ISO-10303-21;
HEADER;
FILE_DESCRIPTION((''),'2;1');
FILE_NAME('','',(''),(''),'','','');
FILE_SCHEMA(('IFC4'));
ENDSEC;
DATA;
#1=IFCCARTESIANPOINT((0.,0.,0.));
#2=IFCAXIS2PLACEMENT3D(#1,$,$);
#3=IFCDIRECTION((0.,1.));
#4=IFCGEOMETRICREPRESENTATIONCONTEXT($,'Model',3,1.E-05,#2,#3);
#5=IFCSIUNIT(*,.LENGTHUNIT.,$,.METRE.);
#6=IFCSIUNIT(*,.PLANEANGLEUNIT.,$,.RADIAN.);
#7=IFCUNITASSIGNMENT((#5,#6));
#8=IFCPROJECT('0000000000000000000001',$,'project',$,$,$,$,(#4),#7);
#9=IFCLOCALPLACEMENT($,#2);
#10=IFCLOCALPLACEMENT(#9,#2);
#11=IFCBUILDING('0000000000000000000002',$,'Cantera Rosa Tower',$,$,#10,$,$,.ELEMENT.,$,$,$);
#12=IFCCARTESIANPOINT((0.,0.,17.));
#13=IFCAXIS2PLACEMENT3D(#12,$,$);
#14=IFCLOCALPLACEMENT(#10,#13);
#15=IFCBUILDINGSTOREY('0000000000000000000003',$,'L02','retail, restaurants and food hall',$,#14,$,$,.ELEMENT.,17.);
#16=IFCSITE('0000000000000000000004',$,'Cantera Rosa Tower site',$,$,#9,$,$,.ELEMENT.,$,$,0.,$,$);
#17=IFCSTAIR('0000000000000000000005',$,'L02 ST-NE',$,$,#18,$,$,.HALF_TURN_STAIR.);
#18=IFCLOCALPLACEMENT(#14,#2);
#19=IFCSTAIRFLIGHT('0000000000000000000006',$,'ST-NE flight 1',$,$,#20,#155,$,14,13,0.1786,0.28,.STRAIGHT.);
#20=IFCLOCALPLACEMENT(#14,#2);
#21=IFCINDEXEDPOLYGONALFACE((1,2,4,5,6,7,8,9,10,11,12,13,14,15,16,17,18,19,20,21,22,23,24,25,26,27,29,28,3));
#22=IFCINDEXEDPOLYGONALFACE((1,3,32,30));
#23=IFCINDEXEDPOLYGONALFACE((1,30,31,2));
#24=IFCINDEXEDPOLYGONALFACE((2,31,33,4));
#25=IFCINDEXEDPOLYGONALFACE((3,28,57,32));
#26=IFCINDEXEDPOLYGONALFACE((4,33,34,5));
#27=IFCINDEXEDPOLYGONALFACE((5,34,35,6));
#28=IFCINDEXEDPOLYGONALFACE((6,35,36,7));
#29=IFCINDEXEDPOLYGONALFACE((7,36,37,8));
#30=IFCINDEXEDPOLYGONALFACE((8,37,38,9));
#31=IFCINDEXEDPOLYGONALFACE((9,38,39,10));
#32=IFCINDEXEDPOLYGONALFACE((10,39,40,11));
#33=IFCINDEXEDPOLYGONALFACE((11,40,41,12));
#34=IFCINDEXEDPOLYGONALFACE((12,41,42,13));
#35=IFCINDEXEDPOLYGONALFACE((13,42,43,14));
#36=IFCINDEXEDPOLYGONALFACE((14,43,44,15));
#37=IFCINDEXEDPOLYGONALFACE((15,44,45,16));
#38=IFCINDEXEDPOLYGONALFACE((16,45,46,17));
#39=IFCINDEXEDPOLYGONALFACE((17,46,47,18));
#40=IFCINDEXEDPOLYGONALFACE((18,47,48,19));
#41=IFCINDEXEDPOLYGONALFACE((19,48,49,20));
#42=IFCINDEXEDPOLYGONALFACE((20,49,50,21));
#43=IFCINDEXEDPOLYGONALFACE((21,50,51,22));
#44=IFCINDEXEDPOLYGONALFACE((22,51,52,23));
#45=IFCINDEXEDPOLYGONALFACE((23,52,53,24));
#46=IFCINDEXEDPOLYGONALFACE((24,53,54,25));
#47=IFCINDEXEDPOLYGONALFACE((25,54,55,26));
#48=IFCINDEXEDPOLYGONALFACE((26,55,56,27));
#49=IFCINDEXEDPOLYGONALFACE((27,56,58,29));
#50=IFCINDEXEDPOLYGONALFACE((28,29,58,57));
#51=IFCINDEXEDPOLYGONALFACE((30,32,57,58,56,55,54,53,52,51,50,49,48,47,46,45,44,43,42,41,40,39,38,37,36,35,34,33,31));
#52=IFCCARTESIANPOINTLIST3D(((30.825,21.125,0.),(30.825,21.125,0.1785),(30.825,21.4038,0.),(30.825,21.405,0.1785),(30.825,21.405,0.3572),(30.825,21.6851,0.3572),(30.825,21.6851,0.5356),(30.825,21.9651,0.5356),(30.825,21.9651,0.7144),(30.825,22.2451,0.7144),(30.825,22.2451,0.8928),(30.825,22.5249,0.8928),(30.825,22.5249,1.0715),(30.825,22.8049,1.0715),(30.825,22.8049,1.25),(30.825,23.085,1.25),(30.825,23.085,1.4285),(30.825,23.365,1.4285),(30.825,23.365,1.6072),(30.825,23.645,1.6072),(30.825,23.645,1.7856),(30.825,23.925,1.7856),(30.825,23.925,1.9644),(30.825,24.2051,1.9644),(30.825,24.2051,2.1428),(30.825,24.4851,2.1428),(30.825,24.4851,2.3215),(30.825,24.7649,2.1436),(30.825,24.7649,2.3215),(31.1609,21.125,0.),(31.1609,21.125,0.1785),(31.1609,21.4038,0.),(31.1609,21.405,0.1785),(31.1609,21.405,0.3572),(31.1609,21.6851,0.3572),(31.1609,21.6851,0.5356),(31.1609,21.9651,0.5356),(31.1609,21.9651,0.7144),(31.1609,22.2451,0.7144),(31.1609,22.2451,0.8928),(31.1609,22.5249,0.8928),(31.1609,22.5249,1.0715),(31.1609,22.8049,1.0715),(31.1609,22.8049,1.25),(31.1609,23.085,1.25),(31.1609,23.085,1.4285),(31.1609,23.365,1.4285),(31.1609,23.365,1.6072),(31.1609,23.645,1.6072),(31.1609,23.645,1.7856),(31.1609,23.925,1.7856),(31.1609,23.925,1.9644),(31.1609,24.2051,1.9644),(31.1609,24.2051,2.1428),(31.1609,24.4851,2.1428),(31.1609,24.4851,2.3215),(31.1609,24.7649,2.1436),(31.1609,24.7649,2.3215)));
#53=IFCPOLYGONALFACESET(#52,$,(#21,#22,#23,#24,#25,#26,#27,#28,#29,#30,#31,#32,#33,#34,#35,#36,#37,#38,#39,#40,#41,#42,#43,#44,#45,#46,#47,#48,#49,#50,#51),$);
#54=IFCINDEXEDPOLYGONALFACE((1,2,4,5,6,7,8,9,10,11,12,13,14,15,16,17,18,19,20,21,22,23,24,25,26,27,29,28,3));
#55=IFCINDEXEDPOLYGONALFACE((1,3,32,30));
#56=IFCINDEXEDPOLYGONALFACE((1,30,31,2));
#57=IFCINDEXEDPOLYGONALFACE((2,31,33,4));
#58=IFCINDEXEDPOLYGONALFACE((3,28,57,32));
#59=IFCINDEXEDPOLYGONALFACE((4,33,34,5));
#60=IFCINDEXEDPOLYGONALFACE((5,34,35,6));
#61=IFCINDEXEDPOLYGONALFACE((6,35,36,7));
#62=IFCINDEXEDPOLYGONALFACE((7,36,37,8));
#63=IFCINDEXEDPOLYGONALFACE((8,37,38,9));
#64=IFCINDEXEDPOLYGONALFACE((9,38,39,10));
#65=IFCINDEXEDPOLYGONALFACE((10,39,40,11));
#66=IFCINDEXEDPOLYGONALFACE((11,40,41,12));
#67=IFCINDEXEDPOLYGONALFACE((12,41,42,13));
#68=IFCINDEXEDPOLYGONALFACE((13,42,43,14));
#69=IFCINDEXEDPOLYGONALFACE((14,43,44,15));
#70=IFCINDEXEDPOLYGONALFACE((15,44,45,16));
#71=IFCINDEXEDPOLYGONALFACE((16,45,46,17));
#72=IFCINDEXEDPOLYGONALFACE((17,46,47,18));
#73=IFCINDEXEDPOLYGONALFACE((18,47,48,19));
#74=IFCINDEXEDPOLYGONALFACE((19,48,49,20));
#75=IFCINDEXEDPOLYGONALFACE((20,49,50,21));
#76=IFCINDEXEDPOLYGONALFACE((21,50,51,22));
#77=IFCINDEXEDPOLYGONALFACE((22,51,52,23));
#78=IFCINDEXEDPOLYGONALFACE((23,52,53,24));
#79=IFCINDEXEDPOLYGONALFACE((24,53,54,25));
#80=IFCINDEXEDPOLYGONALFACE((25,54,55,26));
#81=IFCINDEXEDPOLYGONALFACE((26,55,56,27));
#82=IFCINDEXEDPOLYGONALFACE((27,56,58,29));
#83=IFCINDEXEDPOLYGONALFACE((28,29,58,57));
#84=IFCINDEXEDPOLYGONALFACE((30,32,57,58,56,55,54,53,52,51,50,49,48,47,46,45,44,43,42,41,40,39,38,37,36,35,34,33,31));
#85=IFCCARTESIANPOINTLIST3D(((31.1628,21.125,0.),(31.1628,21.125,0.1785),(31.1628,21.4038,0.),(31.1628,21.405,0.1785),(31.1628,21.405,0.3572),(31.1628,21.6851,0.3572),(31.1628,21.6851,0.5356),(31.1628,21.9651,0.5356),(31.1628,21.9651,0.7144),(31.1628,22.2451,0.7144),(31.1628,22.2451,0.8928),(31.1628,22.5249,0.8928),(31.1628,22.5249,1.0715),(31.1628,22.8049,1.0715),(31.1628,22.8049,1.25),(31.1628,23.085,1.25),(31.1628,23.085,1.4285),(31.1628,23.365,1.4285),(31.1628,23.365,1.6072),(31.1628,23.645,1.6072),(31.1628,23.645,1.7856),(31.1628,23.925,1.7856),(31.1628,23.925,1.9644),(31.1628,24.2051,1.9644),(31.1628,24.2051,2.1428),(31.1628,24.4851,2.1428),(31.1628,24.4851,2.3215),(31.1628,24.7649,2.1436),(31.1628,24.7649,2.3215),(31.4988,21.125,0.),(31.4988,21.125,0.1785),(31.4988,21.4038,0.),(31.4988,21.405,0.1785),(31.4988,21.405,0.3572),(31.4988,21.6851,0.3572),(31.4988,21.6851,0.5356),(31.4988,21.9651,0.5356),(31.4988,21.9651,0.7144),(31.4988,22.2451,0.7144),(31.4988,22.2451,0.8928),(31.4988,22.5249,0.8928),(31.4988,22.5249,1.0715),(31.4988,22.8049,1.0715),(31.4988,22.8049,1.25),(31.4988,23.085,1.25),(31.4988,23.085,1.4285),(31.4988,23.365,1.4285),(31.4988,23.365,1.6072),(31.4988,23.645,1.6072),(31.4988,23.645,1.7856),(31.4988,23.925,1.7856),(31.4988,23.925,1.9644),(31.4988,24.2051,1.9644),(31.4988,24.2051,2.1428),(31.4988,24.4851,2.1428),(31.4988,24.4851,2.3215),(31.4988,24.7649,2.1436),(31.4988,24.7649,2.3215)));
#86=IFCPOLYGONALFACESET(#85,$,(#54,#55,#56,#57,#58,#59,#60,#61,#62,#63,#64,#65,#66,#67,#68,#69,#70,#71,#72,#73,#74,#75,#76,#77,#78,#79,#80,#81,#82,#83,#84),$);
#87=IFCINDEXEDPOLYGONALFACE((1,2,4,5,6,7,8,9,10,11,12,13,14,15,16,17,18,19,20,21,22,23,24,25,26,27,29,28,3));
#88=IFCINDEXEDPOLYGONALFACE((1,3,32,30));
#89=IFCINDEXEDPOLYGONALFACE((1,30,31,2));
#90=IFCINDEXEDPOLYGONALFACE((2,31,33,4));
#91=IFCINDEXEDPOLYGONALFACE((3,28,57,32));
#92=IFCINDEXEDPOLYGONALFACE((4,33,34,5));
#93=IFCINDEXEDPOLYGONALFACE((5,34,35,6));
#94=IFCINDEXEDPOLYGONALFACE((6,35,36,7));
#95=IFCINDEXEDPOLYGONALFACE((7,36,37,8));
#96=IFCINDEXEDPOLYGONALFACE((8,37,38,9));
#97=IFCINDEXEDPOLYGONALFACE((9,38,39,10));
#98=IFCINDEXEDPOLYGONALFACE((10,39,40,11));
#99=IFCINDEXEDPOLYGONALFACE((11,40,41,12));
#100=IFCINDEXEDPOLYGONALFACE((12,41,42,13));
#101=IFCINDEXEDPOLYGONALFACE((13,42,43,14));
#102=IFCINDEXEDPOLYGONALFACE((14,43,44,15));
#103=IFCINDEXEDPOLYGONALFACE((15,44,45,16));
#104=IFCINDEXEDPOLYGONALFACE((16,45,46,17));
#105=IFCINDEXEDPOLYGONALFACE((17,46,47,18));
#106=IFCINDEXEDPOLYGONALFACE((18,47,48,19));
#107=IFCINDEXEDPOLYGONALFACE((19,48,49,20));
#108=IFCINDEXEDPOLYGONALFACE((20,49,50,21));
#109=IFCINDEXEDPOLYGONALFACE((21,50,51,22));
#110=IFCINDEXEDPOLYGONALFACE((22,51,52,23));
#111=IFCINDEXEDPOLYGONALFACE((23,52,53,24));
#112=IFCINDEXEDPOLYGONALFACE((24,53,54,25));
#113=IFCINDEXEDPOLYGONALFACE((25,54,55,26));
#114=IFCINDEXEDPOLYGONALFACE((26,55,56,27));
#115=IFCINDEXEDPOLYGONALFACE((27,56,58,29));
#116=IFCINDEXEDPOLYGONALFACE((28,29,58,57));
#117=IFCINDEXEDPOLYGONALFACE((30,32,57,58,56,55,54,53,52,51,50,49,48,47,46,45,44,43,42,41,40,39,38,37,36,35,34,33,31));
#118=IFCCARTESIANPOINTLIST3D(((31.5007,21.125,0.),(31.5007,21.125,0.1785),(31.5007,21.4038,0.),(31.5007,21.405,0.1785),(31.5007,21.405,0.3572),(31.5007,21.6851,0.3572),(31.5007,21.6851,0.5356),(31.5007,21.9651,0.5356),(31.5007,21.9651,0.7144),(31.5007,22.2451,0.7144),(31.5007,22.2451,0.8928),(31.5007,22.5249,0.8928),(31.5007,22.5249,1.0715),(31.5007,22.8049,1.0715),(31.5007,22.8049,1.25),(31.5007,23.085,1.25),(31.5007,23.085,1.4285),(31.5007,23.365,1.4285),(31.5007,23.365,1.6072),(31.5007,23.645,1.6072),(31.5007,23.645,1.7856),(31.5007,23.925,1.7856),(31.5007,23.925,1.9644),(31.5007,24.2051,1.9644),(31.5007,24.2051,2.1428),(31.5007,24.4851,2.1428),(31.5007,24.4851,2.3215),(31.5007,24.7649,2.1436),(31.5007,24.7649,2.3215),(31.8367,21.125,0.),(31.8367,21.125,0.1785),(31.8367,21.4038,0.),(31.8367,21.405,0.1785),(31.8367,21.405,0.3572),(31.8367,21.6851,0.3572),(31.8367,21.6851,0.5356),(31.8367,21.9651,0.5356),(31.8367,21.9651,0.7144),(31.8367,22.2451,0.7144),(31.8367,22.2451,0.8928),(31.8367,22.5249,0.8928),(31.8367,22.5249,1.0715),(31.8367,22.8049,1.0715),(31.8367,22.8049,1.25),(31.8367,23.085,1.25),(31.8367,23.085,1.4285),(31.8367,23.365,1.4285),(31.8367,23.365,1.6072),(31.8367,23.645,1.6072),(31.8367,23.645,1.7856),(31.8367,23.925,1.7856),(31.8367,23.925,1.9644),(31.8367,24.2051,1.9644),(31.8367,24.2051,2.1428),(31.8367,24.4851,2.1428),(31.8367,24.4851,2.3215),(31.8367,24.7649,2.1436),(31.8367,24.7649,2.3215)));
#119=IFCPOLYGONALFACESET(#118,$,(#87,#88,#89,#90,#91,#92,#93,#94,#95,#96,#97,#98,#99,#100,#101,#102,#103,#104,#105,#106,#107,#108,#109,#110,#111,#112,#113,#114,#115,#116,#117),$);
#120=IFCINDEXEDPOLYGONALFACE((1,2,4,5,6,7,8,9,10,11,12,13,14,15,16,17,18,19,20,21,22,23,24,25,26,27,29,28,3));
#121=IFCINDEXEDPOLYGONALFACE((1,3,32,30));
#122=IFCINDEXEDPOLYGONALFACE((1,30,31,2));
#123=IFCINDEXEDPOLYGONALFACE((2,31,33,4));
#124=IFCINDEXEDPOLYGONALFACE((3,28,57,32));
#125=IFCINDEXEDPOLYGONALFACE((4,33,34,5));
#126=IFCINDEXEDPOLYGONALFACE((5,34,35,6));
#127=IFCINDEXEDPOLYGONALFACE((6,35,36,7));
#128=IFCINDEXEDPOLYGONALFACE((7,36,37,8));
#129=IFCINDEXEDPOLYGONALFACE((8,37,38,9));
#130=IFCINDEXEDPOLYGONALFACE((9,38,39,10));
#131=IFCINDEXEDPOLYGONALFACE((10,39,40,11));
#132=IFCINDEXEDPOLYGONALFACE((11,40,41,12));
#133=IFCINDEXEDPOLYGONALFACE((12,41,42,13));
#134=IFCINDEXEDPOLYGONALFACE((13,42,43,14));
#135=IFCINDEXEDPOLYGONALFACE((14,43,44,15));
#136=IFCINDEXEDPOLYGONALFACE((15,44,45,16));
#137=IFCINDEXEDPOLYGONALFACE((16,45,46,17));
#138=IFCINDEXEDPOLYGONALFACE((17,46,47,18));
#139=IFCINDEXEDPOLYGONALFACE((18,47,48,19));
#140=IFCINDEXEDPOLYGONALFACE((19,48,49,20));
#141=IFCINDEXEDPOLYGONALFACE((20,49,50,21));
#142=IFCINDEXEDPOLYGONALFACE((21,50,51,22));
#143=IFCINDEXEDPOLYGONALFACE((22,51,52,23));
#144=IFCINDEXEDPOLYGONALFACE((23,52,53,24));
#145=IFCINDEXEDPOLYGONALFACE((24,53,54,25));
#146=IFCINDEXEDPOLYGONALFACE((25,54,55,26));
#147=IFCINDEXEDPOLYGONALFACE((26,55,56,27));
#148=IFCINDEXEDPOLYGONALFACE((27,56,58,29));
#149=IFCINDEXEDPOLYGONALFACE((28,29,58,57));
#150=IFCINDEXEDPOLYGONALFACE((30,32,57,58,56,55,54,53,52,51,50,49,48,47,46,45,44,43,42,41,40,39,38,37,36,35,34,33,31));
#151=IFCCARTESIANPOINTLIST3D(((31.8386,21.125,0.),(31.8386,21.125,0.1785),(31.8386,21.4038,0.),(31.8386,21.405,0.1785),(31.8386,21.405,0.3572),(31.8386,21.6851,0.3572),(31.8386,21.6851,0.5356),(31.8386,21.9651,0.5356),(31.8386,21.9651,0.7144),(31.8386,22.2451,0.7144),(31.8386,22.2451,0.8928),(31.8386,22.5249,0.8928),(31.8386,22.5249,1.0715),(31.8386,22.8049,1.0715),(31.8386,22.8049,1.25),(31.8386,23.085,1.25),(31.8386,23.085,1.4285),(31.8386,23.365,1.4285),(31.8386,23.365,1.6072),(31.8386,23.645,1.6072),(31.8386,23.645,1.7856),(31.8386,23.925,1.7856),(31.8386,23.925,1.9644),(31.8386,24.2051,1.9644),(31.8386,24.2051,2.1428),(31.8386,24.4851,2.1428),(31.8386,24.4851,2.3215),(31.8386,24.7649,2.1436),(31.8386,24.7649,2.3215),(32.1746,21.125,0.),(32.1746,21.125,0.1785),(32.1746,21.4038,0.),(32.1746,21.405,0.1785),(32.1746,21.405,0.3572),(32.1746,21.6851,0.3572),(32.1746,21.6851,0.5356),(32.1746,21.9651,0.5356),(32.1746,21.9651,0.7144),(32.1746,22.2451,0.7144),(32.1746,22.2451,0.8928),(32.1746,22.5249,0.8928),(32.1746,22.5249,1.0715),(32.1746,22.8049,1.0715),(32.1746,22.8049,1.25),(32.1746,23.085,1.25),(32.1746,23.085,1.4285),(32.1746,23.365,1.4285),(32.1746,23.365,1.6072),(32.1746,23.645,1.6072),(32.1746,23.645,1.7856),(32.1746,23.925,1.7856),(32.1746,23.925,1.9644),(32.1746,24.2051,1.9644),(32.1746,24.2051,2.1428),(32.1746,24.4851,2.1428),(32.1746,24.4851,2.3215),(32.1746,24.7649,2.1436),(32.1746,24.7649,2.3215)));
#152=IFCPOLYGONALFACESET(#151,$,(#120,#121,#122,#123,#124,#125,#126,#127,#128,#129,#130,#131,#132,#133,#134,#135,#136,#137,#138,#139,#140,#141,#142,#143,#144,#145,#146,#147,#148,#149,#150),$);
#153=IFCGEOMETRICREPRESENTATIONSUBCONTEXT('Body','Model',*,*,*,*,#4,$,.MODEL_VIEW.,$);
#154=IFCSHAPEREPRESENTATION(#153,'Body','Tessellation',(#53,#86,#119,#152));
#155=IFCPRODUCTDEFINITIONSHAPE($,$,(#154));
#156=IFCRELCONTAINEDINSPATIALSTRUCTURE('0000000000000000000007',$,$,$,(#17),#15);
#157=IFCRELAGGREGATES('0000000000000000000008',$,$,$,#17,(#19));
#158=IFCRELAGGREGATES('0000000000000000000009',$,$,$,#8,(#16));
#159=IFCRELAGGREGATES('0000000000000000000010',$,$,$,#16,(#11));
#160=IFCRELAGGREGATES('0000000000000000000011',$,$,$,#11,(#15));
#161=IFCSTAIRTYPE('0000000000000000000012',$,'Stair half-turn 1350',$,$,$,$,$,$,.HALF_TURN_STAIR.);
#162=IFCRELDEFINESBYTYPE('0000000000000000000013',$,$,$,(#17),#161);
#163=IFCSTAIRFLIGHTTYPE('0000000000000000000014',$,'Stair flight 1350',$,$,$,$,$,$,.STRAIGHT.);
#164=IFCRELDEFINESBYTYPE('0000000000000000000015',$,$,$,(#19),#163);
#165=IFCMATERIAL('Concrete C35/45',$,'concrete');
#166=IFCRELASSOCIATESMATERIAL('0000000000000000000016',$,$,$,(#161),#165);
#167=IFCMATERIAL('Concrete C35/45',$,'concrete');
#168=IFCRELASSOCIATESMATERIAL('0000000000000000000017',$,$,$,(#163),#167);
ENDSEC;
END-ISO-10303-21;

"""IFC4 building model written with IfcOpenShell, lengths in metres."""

from ifc_helpers import new_model, si_unit, direction, frame, origin, place, context, subcontext, project, spatial, polyline, outline, extrude, material, type_object, element, aggregate, save


model = new_model("IFC4")

# Units and contexts
model_context = context("Model", 3, precision=1e-05, world=origin(), true_north=direction((0.0, 1.0)))
body_context = subcontext(model_context, "Body", "Model", "MODEL_VIEW")
ifc_project = project(units=[si_unit("LENGTHUNIT", "METRE"), si_unit("PLANEANGLEUNIT", "RADIAN")], contexts=[model_context])

# Site, building, storey
site_placement = place(None, origin())
site = spatial("IfcSite", under=ifc_project, at=site_placement, Name="Cantera Rosa Tower site", CompositionType="ELEMENT", RefElevation=0.0)
building_placement = place(site_placement, origin())
building = spatial("IfcBuilding", under=site, at=building_placement, Name="Cantera Rosa Tower", CompositionType="ELEMENT")
storey_placement = place(building_placement, frame((0.0, 0.0, 17.0)))
storey = spatial("IfcBuildingStorey", under=building, at=storey_placement, Name="L02", Description="retail, restaurants and food hall", CompositionType="ELEMENT", Elevation=17.0)

# Stair, stair flight
ifc_material_1 = material(Name="Concrete C35/45", Category="concrete")
stair_type = type_object("IfcStairType", Name="Stair half-turn 1350", PredefinedType="HALF_TURN_STAIR", material=ifc_material_1)
stair_placement = place(storey_placement, origin())
stair = element("IfcStair", 1, at=stair_placement, inside=storey, type_object=stair_type, Name="L02 ST-NE", PredefinedType="HALF_TURN_STAIR")
ifc_material_2 = material(Name="Concrete C35/45", Category="concrete")
stair_flight_type = type_object("IfcStairFlightType", Name="Stair flight 1350", PredefinedType="STRAIGHT", material=ifc_material_2)
stair_flight_1_placement = place(storey_placement, frame((31.5, 21.125, 0.0), z_axis=(0.0, 0.0, 1.0), x_axis=(0.0, 1.0, 0.0)))
stair_flight_1 = element("IfcStairFlight", 2, at=stair_flight_1_placement, type_object=stair_flight_type, Name="ST-NE flight 1", NumberOfRisers=14, NumberOfTreads=13, PredefinedType="STRAIGHT", RiserHeight=0.1786, TreadLength=0.28, context=body_context, shape_type="SweptSolid", body=[
    extrude(outline(polyline([(0.0, 0.0), (0.0, 0.1785), (0.28, 0.1785), (0.28, 0.3572), (0.5601, 0.3572), (0.5601, 0.5356), (0.8401, 0.5356), (0.8401, 0.7144), (1.1201, 0.7144), (1.1201, 0.8928), (1.3999, 0.8928), (1.3999, 1.0715), (1.6799, 1.0715), (1.6799, 1.25), (1.96, 1.25), (1.96, 1.4285), (2.24, 1.4285), (2.24, 1.6072), (2.52, 1.6072), (2.52, 1.7856), (2.8, 1.7856), (2.8, 1.9644), (3.0801, 1.9644), (3.0801, 2.1428), (3.3601, 2.1428), (3.3601, 2.3215), (3.6399, 2.3215), (3.6399, 2.5), (3.6399, 2.1436), (0.2788, 0.0), (0.0, 0.0)])), frame((0.0, 0.675, 0.0), z_axis=(0.0, -1.0, 0.0), x_axis=(1.0, 0.0, 0.0)), (0.0, 0.0, 1.0), 0.3359),
    extrude(outline(polyline([(0.0, 0.0), (0.0, 0.1785), (0.28, 0.1785), (0.28, 0.3572), (0.5601, 0.3572), (0.5601, 0.5356), (0.8401, 0.5356), (0.8401, 0.7144), (1.1201, 0.7144), (1.1201, 0.8928), (1.3999, 0.8928), (1.3999, 1.0715), (1.6799, 1.0715), (1.6799, 1.25), (1.96, 1.25), (1.96, 1.4285), (2.24, 1.4285), (2.24, 1.6072), (2.52, 1.6072), (2.52, 1.7856), (2.8, 1.7856), (2.8, 1.9644), (3.0801, 1.9644), (3.0801, 2.1428), (3.3601, 2.1428), (3.3601, 2.3215), (3.6399, 2.3215), (3.6399, 2.5), (3.6399, 2.1436), (0.2788, 0.0), (0.0, 0.0)])), frame((0.0, 0.3372, 0.0), z_axis=(0.0, -1.0, 0.0), x_axis=(1.0, 0.0, 0.0)), (0.0, 0.0, 1.0), 0.3359),
    extrude(outline(polyline([(0.0, 0.0), (0.0, 0.1785), (0.28, 0.1785), (0.28, 0.3572), (0.5601, 0.3572), (0.5601, 0.5356), (0.8401, 0.5356), (0.8401, 0.7144), (1.1201, 0.7144), (1.1201, 0.8928), (1.3999, 0.8928), (1.3999, 1.0715), (1.6799, 1.0715), (1.6799, 1.25), (1.96, 1.25), (1.96, 1.4285), (2.24, 1.4285), (2.24, 1.6072), (2.52, 1.6072), (2.52, 1.7856), (2.8, 1.7856), (2.8, 1.9644), (3.0801, 1.9644), (3.0801, 2.1428), (3.3601, 2.1428), (3.3601, 2.3215), (3.6399, 2.3215), (3.6399, 2.5), (3.6399, 2.1436), (0.2788, 0.0), (0.0, 0.0)])), frame((0.0, -0.0007, 0.0), z_axis=(0.0, -1.0, 0.0), x_axis=(1.0, 0.0, 0.0)), (0.0, 0.0, 1.0), 0.3359),
    extrude(outline(polyline([(0.0, 0.0), (0.0, 0.1785), (0.28, 0.1785), (0.28, 0.3572), (0.5601, 0.3572), (0.5601, 0.5356), (0.8401, 0.5356), (0.8401, 0.7144), (1.1201, 0.7144), (1.1201, 0.8928), (1.3999, 0.8928), (1.3999, 1.0715), (1.6799, 1.0715), (1.6799, 1.25), (1.96, 1.25), (1.96, 1.4285), (2.24, 1.4285), (2.24, 1.6072), (2.52, 1.6072), (2.52, 1.7856), (2.8, 1.7856), (2.8, 1.9644), (3.0801, 1.9644), (3.0801, 2.1428), (3.3601, 2.1428), (3.3601, 2.3215), (3.6399, 2.3215), (3.6399, 2.5), (3.6399, 2.1436), (0.2788, 0.0), (0.0, 0.0)])), frame((0.0, -0.3386, 0.0), z_axis=(0.0, -1.0, 0.0), x_axis=(1.0, 0.0, 0.0)), (0.0, 0.0, 1.0), 0.3359),
])
aggregate(stair, [stair_flight_1])

save(model, "model.ifc")
